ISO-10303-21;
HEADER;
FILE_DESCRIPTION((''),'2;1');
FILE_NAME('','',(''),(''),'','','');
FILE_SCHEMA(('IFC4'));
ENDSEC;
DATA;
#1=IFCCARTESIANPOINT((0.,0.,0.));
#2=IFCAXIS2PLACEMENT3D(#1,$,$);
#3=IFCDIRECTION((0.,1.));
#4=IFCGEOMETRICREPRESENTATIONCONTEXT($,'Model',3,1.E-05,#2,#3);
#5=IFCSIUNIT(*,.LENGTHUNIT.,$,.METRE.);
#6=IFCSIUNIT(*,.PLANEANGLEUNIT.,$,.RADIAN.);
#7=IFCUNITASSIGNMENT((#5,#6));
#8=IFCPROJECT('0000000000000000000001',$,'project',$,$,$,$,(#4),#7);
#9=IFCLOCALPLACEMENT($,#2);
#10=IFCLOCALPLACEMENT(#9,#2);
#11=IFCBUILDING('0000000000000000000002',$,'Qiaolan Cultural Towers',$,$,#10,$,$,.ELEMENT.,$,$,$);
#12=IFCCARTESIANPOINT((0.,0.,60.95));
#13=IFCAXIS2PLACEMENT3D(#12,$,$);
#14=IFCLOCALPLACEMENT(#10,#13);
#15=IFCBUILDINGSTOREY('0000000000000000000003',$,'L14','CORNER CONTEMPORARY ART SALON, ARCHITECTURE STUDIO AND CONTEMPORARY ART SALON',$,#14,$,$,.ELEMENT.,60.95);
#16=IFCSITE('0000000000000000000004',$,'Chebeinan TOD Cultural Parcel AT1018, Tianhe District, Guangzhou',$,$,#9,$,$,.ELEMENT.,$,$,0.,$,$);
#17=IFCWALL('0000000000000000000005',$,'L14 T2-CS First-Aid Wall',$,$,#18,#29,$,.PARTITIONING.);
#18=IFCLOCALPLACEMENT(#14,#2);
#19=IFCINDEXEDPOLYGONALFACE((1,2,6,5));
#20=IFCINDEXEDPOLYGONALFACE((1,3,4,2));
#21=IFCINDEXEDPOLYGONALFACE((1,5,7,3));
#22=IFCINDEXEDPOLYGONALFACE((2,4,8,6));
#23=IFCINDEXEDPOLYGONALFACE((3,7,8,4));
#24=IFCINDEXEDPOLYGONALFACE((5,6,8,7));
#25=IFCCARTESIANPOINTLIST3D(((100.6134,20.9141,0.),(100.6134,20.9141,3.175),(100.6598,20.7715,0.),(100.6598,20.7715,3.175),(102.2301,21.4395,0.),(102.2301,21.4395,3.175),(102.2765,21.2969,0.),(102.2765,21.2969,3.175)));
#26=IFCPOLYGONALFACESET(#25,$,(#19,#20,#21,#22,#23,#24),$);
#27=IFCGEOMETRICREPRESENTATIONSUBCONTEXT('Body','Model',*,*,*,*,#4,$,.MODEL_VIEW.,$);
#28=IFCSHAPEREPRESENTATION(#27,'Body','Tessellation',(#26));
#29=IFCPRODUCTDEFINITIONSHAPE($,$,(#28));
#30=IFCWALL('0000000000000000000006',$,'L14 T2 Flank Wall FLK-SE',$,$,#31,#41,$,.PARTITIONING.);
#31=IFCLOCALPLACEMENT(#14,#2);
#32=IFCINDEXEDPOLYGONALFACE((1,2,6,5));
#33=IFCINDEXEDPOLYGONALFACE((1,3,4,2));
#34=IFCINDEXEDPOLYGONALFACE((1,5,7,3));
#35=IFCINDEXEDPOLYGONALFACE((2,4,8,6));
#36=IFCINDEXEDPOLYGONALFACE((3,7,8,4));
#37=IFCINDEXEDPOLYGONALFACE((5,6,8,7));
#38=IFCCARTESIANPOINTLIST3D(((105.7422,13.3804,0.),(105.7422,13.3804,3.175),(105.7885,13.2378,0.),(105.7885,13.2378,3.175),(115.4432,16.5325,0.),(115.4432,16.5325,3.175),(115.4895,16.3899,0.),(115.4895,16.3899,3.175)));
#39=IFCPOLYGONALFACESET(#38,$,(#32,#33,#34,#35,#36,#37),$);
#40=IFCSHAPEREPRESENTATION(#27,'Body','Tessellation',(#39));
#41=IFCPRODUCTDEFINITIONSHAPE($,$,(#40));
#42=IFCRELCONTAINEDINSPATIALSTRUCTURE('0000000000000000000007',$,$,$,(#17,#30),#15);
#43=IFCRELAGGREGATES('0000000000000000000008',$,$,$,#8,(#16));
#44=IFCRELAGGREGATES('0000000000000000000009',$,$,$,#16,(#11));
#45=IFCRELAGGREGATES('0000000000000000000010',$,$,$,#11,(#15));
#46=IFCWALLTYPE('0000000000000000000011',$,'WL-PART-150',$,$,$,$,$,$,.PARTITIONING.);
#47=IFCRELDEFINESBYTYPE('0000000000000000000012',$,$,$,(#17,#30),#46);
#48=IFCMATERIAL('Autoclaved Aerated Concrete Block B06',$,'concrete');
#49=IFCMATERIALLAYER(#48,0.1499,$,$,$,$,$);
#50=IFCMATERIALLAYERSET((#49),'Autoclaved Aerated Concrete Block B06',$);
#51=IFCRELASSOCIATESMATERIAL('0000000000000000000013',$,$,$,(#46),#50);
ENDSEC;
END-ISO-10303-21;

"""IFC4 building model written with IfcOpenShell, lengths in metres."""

from ifc_helpers import new_model, si_unit, direction, frame, frame_2d, origin, place, context, subcontext, project, spatial, rectangle, extrude, material, layer, layer_set, type_object, element, save


model = new_model("IFC4")

# Units and contexts
model_context = context("Model", 3, precision=1e-05, world=origin(), true_north=direction((0.0, 1.0)))
body_context = subcontext(model_context, "Body", "Model", "MODEL_VIEW")
ifc_project = project(units=[si_unit("LENGTHUNIT", "METRE"), si_unit("PLANEANGLEUNIT", "RADIAN")], contexts=[model_context])

# Site, building, storey
site_placement = place(None, origin())
site = spatial("IfcSite", under=ifc_project, at=site_placement, Name="Chebeinan TOD Cultural Parcel AT1018, Tianhe District, Guangzhou", CompositionType="ELEMENT", RefElevation=0.0)
building_placement = place(site_placement, origin())
building = spatial("IfcBuilding", under=site, at=building_placement, Name="Qiaolan Cultural Towers", CompositionType="ELEMENT")
storey_placement = place(building_placement, frame((0.0, 0.0, 60.95)))
storey = spatial("IfcBuildingStorey", under=building, at=storey_placement, Name="L14", Description="CORNER CONTEMPORARY ART SALON, ARCHITECTURE STUDIO AND CONTEMPORARY ART SALON", CompositionType="ELEMENT", Elevation=60.95)

# Shared definitions
ifc_material_1 = material(Name="Autoclaved Aerated Concrete Block B06", Category="concrete")
ifc_layer_1 = layer(ifc_material_1, 0.1499)
ifc_layer_set_1 = layer_set([ifc_layer_1], Name="Autoclaved Aerated Concrete Block B06")
wall_type_1 = type_object("IfcWallType", Name="WL-PART-150", PredefinedType="PARTITIONING", material=ifc_layer_set_1)

# Walls
wall_1_placement = place(storey_placement, frame((100.6365, 20.8428, 0.0), z_axis=(0.0, 0.0, 1.0), x_axis=(0.95104, 0.309067, 0.0)))
element("IfcWall", 1, at=wall_1_placement, inside=storey, type_object=wall_type_1, Name="L14 T2-CS First-Aid Wall", PredefinedType="PARTITIONING", context=body_context, shape_type="SweptSolid", body=[
    extrude(rectangle(XDim=1.7, YDim=0.1499, at=frame_2d((0.8501, 0.0))), origin(), (0.0, 0.0, 1.0), 3.175),
])
wall_2_placement = place(storey_placement, frame((105.7654, 13.3091, 0.0), z_axis=(0.0, 0.0, 1.0), x_axis=(0.951054, 0.309024, 0.0)))
element("IfcWall", 2, at=wall_2_placement, inside=storey, type_object=wall_type_1, Name="L14 T2 Flank Wall FLK-SE", PredefinedType="PARTITIONING", context=body_context, shape_type="SweptSolid", body=[
    extrude(rectangle(XDim=10.2002, YDim=0.1499, at=frame_2d((5.1001, 0.0))), origin(), (0.0, 0.0, 1.0), 3.175),
])

save(model, "model.ifc")
